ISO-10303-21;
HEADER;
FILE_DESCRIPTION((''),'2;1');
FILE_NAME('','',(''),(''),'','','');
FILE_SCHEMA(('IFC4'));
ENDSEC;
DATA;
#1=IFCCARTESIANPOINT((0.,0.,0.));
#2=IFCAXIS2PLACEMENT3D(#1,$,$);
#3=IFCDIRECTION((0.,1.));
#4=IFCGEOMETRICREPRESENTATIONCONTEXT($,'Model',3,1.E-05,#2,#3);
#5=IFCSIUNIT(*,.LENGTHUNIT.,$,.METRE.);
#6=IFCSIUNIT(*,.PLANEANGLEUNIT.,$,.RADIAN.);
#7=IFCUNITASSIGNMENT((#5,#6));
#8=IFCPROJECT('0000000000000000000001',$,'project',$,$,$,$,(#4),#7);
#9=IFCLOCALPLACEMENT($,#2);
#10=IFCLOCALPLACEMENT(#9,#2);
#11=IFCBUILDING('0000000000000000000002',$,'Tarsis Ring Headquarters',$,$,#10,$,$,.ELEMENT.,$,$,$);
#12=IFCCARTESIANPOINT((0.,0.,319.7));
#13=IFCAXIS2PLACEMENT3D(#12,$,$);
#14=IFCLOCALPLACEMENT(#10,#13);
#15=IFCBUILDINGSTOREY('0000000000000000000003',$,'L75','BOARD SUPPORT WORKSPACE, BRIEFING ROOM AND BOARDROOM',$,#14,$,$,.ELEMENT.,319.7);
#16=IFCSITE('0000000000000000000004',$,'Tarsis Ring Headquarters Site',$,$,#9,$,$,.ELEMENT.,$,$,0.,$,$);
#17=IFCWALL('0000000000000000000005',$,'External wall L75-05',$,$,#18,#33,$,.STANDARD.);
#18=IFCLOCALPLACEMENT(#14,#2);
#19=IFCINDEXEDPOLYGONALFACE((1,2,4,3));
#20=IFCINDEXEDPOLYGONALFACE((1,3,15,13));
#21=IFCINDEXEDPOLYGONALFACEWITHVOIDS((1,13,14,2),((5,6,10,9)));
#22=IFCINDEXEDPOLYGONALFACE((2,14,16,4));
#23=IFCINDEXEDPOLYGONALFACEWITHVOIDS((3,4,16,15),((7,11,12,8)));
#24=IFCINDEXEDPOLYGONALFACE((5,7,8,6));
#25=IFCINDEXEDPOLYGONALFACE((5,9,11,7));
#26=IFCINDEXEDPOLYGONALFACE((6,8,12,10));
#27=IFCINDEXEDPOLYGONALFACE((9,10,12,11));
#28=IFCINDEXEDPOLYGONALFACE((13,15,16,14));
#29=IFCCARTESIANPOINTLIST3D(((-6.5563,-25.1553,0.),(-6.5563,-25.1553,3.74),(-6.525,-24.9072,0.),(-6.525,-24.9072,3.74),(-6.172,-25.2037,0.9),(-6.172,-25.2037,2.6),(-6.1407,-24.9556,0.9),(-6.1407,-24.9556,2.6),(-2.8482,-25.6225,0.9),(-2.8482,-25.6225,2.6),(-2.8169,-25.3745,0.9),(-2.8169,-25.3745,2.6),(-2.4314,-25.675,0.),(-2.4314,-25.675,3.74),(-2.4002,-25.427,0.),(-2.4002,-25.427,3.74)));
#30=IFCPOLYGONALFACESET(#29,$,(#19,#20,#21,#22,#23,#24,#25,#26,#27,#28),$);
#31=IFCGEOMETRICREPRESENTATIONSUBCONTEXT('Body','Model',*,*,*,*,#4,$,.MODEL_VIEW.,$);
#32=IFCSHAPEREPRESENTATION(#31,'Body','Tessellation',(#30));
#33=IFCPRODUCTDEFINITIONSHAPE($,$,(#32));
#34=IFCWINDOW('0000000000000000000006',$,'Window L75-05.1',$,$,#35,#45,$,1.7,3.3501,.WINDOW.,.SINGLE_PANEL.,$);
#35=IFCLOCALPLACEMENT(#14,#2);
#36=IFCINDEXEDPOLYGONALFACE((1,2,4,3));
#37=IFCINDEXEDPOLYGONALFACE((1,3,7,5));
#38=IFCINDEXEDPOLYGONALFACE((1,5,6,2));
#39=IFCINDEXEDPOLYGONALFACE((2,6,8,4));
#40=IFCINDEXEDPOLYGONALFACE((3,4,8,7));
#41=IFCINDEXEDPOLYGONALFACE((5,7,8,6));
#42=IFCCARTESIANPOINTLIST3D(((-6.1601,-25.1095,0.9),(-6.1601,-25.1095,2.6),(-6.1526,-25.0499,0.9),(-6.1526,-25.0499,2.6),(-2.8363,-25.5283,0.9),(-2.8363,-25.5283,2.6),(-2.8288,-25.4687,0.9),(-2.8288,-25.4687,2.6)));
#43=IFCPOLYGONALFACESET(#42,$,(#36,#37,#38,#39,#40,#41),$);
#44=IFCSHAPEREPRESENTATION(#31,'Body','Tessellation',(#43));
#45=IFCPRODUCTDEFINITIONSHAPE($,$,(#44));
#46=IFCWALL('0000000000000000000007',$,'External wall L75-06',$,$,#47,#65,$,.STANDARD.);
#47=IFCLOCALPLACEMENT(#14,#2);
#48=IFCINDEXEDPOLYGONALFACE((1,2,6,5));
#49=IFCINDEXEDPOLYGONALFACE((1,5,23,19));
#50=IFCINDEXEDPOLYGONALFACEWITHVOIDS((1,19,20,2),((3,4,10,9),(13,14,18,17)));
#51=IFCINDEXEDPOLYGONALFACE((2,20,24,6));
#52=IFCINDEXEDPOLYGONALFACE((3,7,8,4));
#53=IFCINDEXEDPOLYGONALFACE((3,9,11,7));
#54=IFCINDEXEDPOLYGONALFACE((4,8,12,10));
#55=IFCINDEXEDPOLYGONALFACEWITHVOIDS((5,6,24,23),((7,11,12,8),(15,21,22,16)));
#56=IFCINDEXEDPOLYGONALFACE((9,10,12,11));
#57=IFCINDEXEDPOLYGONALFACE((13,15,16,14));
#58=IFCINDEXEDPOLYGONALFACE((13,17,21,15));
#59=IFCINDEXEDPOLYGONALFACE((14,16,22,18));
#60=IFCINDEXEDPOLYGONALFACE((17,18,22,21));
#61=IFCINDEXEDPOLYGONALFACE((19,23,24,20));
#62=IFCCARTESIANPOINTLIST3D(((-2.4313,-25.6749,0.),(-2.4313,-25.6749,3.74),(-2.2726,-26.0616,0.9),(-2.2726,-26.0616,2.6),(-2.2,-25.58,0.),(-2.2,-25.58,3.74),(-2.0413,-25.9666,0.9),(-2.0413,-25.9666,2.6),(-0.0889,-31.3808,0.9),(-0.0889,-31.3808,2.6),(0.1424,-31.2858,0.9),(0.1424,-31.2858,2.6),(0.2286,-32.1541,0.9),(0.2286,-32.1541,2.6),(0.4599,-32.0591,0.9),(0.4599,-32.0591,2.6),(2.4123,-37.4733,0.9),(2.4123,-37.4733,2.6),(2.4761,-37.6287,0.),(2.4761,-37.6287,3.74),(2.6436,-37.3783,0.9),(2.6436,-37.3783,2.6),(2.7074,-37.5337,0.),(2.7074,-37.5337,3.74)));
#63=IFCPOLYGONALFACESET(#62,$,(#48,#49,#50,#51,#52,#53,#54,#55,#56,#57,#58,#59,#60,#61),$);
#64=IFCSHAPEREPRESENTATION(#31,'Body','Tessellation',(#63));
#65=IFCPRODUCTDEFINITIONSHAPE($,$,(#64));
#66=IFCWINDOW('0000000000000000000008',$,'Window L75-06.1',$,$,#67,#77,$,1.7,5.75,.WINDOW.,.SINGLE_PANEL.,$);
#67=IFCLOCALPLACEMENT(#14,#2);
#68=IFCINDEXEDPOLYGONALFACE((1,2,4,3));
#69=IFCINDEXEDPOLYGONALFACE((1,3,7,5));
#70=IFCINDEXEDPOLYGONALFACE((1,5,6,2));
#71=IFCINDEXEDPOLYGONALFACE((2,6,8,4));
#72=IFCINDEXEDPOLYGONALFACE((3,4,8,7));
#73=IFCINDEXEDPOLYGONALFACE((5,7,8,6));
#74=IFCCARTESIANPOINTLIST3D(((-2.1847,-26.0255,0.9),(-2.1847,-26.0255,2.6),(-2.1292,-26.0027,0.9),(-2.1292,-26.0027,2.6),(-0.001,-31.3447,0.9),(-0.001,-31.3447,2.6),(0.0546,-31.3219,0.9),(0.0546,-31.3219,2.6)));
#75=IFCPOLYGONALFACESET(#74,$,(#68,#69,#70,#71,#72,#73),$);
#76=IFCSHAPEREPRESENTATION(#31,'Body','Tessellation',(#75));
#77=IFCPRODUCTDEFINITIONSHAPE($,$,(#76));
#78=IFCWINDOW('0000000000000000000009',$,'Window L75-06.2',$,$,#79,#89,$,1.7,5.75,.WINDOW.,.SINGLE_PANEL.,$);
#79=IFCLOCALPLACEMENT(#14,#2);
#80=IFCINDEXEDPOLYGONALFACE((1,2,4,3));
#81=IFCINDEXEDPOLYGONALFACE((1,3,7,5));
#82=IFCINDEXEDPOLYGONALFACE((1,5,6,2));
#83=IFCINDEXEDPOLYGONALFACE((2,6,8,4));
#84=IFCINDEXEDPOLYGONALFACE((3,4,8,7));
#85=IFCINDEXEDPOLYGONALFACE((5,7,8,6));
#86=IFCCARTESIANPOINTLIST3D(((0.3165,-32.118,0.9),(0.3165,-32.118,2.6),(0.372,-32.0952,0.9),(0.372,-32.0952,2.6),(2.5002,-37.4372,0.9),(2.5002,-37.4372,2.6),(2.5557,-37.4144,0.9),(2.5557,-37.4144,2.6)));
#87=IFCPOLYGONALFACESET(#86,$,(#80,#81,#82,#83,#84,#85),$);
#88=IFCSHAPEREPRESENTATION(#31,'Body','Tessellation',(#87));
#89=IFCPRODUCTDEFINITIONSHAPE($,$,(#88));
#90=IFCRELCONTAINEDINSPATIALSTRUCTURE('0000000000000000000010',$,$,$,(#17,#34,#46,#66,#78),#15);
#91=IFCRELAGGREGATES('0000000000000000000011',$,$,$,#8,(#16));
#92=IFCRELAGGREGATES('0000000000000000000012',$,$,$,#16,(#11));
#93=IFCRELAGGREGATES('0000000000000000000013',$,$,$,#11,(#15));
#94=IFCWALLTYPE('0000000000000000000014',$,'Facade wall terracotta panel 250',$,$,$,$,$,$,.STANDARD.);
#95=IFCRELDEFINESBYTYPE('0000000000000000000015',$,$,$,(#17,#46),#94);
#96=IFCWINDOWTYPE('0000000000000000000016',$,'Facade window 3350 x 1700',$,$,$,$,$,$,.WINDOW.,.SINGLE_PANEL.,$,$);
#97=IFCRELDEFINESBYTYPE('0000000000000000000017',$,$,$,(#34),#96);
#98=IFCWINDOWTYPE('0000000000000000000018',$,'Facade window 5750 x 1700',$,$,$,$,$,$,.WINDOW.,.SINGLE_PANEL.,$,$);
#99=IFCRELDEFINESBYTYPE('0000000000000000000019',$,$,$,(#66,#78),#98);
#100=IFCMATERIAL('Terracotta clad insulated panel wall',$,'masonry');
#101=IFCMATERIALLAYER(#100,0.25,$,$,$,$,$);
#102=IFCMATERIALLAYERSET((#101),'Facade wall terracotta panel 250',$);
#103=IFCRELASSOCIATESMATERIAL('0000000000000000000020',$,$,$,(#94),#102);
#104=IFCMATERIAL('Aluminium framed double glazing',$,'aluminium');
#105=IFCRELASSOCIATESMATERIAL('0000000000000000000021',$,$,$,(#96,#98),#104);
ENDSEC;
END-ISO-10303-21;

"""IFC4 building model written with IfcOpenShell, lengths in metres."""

from ifc_helpers import new_model, si_unit, direction, frame, frame_2d, origin, place, context, subcontext, project, spatial, rectangle, extrude, material, layer, layer_set, type_object, element, fill, save


model = new_model("IFC4")

# Units and contexts
model_context = context("Model", 3, precision=1e-05, world=origin(), true_north=direction((0.0, 1.0)))
body_context = subcontext(model_context, "Body", "Model", "MODEL_VIEW")
ifc_project = project(units=[si_unit("LENGTHUNIT", "METRE"), si_unit("PLANEANGLEUNIT", "RADIAN")], contexts=[model_context])

# Site, building, storey
site_placement = place(None, origin())
site = spatial("IfcSite", under=ifc_project, at=site_placement, Name="Tarsis Ring Headquarters Site", CompositionType="ELEMENT", RefElevation=0.0)
building_placement = place(site_placement, origin())
building = spatial("IfcBuilding", under=site, at=building_placement, Name="Tarsis Ring Headquarters", CompositionType="ELEMENT")
storey_placement = place(building_placement, frame((0.0, 0.0, 319.7)))
storey = spatial("IfcBuildingStorey", under=building, at=storey_placement, Name="L75", Description="BOARD SUPPORT WORKSPACE, BRIEFING ROOM AND BOARDROOM", CompositionType="ELEMENT", Elevation=319.7)

# Wall, opening, window
ifc_material_1 = material(Name="Terracotta clad insulated panel wall", Category="masonry")
ifc_layer_1 = layer(ifc_material_1, 0.25)
ifc_layer_set_1 = layer_set([ifc_layer_1], Name="Facade wall terracotta panel 250")
wall_type_1 = type_object("IfcWallType", Name="Facade wall terracotta panel 250", PredefinedType="STANDARD", material=ifc_layer_set_1)
wall_1_placement = place(storey_placement, frame((-6.5405, -25.0312, 0.0), z_axis=(0.0, 0.0, 1.0), x_axis=(0.992154, -0.125025, 0.0)))
wall_1 = element("IfcWall", 1, at=wall_1_placement, inside=storey, type_object=wall_type_1, Name="External wall L75-05", PredefinedType="STANDARD", context=body_context, shape_type="SweptSolid", body=[
    extrude(rectangle(XDim=4.1575, YDim=0.25, at=frame_2d((2.0786, 0.0))), origin(), (0.0, 0.0, 1.0), 3.74),
])
opening_1_placement = place(wall_1_placement, frame((0.3872, 0.0, 0.8999)))
opening_1 = element("IfcOpeningElement", 2, at=opening_1_placement, cuts=wall_1, PredefinedType="OPENING", context=body_context, shape_type="SweptSolid", body=[
    extrude(rectangle(XDim=3.3501, YDim=1.7, at=frame_2d((1.675, 0.8501))), frame((0.0, 0.135, 0.0), z_axis=(0.0, -1.0, 0.0), x_axis=(1.0, 0.0, 0.0)), (0.0, 0.0, 1.0), 0.27),
])
ifc_material_2 = material(Name="Aluminium framed double glazing", Category="aluminium")
window_type_1 = type_object("IfcWindowType", Name="Facade window 3350 x 1700", PartitioningType="SINGLE_PANEL", PredefinedType="WINDOW", material=ifc_material_2)
window_1_placement = place(opening_1_placement, origin())
window_1 = element("IfcWindow", 3, at=window_1_placement, inside=storey, type_object=window_type_1, Name="Window L75-05.1", OverallHeight=1.7, OverallWidth=3.3501, PartitioningType="SINGLE_PANEL", PredefinedType="WINDOW", context=body_context, shape_type="SweptSolid", body=[
    extrude(rectangle(XDim=3.3501, YDim=1.7, at=frame_2d((1.675, 0.8501))), frame((0.0, 0.03, 0.0), z_axis=(0.0, -1.0, 0.0), x_axis=(1.0, 0.0, 0.0)), (0.0, 0.0, 1.0), 0.0601),
])
fill(opening_1, window_1)

# Wall, openings, windows
wall_2_placement = place(storey_placement, frame((-2.3157, -25.6274, 0.0), z_axis=(0.0, 0.0, 1.0), x_axis=(0.379777, -0.925078, 0.0)))
wall_2 = element("IfcWall", 4, at=wall_2_placement, inside=storey, type_object=wall_type_1, Name="External wall L75-06", PredefinedType="STANDARD", context=body_context, shape_type="SweptSolid", body=[
    extrude(rectangle(XDim=12.9219, YDim=0.25, at=frame_2d((6.4609, 0.0))), origin(), (0.0, 0.0, 1.0), 3.74),
])
opening_2_placement = place(wall_2_placement, frame((0.418, 0.0, 0.8999)))
opening_2 = element("IfcOpeningElement", 5, at=opening_2_placement, cuts=wall_2, PredefinedType="OPENING", context=body_context, shape_type="SweptSolid", body=[
    extrude(rectangle(XDim=5.75, YDim=1.7, at=frame_2d((2.875, 0.8501))), frame((0.0, 0.135, 0.0), z_axis=(0.0, -1.0, 0.0), x_axis=(1.0, 0.0, 0.0)), (0.0, 0.0, 1.0), 0.27),
])
opening_3_placement = place(wall_2_placement, frame((7.0039, 0.0, 0.8999)))
opening_3 = element("IfcOpeningElement", 6, at=opening_3_placement, cuts=wall_2, PredefinedType="OPENING", context=body_context, shape_type="SweptSolid", body=[
    extrude(rectangle(XDim=5.75, YDim=1.7, at=frame_2d((2.875, 0.8501))), frame((0.0, 0.135, 0.0), z_axis=(0.0, -1.0, 0.0), x_axis=(1.0, 0.0, 0.0)), (0.0, 0.0, 1.0), 0.27),
])
window_type_2 = type_object("IfcWindowType", Name="Facade window 5750 x 1700", PartitioningType="SINGLE_PANEL", PredefinedType="WINDOW", material=ifc_material_2)
window_2_placement = place(opening_2_placement, origin())
window_2 = element("IfcWindow", 7, at=window_2_placement, inside=storey, type_object=window_type_2, Name="Window L75-06.1", OverallHeight=1.7, OverallWidth=5.75, PartitioningType="SINGLE_PANEL", PredefinedType="WINDOW", context=body_context, shape_type="SweptSolid", body=[
    extrude(rectangle(XDim=5.75, YDim=1.7, at=frame_2d((2.875, 0.8501))), frame((0.0, 0.03, 0.0), z_axis=(0.0, -1.0, 0.0), x_axis=(1.0, 0.0, 0.0)), (0.0, 0.0, 1.0), 0.0601),
])
fill(opening_2, window_2)
window_3_placement = place(opening_3_placement, origin())
window_3 = element("IfcWindow", 8, at=window_3_placement, inside=storey, type_object=window_type_2, Name="Window L75-06.2", OverallHeight=1.7, OverallWidth=5.75, PartitioningType="SINGLE_PANEL", PredefinedType="WINDOW", context=body_context, shape_type="SweptSolid", body=[
    extrude(rectangle(XDim=5.75, YDim=1.7, at=frame_2d((2.875, 0.8501))), frame((0.0, 0.03, 0.0), z_axis=(0.0, -1.0, 0.0), x_axis=(1.0, 0.0, 0.0)), (0.0, 0.0, 1.0), 0.0601),
])
fill(opening_3, window_3)

save(model, "model.ifc")
